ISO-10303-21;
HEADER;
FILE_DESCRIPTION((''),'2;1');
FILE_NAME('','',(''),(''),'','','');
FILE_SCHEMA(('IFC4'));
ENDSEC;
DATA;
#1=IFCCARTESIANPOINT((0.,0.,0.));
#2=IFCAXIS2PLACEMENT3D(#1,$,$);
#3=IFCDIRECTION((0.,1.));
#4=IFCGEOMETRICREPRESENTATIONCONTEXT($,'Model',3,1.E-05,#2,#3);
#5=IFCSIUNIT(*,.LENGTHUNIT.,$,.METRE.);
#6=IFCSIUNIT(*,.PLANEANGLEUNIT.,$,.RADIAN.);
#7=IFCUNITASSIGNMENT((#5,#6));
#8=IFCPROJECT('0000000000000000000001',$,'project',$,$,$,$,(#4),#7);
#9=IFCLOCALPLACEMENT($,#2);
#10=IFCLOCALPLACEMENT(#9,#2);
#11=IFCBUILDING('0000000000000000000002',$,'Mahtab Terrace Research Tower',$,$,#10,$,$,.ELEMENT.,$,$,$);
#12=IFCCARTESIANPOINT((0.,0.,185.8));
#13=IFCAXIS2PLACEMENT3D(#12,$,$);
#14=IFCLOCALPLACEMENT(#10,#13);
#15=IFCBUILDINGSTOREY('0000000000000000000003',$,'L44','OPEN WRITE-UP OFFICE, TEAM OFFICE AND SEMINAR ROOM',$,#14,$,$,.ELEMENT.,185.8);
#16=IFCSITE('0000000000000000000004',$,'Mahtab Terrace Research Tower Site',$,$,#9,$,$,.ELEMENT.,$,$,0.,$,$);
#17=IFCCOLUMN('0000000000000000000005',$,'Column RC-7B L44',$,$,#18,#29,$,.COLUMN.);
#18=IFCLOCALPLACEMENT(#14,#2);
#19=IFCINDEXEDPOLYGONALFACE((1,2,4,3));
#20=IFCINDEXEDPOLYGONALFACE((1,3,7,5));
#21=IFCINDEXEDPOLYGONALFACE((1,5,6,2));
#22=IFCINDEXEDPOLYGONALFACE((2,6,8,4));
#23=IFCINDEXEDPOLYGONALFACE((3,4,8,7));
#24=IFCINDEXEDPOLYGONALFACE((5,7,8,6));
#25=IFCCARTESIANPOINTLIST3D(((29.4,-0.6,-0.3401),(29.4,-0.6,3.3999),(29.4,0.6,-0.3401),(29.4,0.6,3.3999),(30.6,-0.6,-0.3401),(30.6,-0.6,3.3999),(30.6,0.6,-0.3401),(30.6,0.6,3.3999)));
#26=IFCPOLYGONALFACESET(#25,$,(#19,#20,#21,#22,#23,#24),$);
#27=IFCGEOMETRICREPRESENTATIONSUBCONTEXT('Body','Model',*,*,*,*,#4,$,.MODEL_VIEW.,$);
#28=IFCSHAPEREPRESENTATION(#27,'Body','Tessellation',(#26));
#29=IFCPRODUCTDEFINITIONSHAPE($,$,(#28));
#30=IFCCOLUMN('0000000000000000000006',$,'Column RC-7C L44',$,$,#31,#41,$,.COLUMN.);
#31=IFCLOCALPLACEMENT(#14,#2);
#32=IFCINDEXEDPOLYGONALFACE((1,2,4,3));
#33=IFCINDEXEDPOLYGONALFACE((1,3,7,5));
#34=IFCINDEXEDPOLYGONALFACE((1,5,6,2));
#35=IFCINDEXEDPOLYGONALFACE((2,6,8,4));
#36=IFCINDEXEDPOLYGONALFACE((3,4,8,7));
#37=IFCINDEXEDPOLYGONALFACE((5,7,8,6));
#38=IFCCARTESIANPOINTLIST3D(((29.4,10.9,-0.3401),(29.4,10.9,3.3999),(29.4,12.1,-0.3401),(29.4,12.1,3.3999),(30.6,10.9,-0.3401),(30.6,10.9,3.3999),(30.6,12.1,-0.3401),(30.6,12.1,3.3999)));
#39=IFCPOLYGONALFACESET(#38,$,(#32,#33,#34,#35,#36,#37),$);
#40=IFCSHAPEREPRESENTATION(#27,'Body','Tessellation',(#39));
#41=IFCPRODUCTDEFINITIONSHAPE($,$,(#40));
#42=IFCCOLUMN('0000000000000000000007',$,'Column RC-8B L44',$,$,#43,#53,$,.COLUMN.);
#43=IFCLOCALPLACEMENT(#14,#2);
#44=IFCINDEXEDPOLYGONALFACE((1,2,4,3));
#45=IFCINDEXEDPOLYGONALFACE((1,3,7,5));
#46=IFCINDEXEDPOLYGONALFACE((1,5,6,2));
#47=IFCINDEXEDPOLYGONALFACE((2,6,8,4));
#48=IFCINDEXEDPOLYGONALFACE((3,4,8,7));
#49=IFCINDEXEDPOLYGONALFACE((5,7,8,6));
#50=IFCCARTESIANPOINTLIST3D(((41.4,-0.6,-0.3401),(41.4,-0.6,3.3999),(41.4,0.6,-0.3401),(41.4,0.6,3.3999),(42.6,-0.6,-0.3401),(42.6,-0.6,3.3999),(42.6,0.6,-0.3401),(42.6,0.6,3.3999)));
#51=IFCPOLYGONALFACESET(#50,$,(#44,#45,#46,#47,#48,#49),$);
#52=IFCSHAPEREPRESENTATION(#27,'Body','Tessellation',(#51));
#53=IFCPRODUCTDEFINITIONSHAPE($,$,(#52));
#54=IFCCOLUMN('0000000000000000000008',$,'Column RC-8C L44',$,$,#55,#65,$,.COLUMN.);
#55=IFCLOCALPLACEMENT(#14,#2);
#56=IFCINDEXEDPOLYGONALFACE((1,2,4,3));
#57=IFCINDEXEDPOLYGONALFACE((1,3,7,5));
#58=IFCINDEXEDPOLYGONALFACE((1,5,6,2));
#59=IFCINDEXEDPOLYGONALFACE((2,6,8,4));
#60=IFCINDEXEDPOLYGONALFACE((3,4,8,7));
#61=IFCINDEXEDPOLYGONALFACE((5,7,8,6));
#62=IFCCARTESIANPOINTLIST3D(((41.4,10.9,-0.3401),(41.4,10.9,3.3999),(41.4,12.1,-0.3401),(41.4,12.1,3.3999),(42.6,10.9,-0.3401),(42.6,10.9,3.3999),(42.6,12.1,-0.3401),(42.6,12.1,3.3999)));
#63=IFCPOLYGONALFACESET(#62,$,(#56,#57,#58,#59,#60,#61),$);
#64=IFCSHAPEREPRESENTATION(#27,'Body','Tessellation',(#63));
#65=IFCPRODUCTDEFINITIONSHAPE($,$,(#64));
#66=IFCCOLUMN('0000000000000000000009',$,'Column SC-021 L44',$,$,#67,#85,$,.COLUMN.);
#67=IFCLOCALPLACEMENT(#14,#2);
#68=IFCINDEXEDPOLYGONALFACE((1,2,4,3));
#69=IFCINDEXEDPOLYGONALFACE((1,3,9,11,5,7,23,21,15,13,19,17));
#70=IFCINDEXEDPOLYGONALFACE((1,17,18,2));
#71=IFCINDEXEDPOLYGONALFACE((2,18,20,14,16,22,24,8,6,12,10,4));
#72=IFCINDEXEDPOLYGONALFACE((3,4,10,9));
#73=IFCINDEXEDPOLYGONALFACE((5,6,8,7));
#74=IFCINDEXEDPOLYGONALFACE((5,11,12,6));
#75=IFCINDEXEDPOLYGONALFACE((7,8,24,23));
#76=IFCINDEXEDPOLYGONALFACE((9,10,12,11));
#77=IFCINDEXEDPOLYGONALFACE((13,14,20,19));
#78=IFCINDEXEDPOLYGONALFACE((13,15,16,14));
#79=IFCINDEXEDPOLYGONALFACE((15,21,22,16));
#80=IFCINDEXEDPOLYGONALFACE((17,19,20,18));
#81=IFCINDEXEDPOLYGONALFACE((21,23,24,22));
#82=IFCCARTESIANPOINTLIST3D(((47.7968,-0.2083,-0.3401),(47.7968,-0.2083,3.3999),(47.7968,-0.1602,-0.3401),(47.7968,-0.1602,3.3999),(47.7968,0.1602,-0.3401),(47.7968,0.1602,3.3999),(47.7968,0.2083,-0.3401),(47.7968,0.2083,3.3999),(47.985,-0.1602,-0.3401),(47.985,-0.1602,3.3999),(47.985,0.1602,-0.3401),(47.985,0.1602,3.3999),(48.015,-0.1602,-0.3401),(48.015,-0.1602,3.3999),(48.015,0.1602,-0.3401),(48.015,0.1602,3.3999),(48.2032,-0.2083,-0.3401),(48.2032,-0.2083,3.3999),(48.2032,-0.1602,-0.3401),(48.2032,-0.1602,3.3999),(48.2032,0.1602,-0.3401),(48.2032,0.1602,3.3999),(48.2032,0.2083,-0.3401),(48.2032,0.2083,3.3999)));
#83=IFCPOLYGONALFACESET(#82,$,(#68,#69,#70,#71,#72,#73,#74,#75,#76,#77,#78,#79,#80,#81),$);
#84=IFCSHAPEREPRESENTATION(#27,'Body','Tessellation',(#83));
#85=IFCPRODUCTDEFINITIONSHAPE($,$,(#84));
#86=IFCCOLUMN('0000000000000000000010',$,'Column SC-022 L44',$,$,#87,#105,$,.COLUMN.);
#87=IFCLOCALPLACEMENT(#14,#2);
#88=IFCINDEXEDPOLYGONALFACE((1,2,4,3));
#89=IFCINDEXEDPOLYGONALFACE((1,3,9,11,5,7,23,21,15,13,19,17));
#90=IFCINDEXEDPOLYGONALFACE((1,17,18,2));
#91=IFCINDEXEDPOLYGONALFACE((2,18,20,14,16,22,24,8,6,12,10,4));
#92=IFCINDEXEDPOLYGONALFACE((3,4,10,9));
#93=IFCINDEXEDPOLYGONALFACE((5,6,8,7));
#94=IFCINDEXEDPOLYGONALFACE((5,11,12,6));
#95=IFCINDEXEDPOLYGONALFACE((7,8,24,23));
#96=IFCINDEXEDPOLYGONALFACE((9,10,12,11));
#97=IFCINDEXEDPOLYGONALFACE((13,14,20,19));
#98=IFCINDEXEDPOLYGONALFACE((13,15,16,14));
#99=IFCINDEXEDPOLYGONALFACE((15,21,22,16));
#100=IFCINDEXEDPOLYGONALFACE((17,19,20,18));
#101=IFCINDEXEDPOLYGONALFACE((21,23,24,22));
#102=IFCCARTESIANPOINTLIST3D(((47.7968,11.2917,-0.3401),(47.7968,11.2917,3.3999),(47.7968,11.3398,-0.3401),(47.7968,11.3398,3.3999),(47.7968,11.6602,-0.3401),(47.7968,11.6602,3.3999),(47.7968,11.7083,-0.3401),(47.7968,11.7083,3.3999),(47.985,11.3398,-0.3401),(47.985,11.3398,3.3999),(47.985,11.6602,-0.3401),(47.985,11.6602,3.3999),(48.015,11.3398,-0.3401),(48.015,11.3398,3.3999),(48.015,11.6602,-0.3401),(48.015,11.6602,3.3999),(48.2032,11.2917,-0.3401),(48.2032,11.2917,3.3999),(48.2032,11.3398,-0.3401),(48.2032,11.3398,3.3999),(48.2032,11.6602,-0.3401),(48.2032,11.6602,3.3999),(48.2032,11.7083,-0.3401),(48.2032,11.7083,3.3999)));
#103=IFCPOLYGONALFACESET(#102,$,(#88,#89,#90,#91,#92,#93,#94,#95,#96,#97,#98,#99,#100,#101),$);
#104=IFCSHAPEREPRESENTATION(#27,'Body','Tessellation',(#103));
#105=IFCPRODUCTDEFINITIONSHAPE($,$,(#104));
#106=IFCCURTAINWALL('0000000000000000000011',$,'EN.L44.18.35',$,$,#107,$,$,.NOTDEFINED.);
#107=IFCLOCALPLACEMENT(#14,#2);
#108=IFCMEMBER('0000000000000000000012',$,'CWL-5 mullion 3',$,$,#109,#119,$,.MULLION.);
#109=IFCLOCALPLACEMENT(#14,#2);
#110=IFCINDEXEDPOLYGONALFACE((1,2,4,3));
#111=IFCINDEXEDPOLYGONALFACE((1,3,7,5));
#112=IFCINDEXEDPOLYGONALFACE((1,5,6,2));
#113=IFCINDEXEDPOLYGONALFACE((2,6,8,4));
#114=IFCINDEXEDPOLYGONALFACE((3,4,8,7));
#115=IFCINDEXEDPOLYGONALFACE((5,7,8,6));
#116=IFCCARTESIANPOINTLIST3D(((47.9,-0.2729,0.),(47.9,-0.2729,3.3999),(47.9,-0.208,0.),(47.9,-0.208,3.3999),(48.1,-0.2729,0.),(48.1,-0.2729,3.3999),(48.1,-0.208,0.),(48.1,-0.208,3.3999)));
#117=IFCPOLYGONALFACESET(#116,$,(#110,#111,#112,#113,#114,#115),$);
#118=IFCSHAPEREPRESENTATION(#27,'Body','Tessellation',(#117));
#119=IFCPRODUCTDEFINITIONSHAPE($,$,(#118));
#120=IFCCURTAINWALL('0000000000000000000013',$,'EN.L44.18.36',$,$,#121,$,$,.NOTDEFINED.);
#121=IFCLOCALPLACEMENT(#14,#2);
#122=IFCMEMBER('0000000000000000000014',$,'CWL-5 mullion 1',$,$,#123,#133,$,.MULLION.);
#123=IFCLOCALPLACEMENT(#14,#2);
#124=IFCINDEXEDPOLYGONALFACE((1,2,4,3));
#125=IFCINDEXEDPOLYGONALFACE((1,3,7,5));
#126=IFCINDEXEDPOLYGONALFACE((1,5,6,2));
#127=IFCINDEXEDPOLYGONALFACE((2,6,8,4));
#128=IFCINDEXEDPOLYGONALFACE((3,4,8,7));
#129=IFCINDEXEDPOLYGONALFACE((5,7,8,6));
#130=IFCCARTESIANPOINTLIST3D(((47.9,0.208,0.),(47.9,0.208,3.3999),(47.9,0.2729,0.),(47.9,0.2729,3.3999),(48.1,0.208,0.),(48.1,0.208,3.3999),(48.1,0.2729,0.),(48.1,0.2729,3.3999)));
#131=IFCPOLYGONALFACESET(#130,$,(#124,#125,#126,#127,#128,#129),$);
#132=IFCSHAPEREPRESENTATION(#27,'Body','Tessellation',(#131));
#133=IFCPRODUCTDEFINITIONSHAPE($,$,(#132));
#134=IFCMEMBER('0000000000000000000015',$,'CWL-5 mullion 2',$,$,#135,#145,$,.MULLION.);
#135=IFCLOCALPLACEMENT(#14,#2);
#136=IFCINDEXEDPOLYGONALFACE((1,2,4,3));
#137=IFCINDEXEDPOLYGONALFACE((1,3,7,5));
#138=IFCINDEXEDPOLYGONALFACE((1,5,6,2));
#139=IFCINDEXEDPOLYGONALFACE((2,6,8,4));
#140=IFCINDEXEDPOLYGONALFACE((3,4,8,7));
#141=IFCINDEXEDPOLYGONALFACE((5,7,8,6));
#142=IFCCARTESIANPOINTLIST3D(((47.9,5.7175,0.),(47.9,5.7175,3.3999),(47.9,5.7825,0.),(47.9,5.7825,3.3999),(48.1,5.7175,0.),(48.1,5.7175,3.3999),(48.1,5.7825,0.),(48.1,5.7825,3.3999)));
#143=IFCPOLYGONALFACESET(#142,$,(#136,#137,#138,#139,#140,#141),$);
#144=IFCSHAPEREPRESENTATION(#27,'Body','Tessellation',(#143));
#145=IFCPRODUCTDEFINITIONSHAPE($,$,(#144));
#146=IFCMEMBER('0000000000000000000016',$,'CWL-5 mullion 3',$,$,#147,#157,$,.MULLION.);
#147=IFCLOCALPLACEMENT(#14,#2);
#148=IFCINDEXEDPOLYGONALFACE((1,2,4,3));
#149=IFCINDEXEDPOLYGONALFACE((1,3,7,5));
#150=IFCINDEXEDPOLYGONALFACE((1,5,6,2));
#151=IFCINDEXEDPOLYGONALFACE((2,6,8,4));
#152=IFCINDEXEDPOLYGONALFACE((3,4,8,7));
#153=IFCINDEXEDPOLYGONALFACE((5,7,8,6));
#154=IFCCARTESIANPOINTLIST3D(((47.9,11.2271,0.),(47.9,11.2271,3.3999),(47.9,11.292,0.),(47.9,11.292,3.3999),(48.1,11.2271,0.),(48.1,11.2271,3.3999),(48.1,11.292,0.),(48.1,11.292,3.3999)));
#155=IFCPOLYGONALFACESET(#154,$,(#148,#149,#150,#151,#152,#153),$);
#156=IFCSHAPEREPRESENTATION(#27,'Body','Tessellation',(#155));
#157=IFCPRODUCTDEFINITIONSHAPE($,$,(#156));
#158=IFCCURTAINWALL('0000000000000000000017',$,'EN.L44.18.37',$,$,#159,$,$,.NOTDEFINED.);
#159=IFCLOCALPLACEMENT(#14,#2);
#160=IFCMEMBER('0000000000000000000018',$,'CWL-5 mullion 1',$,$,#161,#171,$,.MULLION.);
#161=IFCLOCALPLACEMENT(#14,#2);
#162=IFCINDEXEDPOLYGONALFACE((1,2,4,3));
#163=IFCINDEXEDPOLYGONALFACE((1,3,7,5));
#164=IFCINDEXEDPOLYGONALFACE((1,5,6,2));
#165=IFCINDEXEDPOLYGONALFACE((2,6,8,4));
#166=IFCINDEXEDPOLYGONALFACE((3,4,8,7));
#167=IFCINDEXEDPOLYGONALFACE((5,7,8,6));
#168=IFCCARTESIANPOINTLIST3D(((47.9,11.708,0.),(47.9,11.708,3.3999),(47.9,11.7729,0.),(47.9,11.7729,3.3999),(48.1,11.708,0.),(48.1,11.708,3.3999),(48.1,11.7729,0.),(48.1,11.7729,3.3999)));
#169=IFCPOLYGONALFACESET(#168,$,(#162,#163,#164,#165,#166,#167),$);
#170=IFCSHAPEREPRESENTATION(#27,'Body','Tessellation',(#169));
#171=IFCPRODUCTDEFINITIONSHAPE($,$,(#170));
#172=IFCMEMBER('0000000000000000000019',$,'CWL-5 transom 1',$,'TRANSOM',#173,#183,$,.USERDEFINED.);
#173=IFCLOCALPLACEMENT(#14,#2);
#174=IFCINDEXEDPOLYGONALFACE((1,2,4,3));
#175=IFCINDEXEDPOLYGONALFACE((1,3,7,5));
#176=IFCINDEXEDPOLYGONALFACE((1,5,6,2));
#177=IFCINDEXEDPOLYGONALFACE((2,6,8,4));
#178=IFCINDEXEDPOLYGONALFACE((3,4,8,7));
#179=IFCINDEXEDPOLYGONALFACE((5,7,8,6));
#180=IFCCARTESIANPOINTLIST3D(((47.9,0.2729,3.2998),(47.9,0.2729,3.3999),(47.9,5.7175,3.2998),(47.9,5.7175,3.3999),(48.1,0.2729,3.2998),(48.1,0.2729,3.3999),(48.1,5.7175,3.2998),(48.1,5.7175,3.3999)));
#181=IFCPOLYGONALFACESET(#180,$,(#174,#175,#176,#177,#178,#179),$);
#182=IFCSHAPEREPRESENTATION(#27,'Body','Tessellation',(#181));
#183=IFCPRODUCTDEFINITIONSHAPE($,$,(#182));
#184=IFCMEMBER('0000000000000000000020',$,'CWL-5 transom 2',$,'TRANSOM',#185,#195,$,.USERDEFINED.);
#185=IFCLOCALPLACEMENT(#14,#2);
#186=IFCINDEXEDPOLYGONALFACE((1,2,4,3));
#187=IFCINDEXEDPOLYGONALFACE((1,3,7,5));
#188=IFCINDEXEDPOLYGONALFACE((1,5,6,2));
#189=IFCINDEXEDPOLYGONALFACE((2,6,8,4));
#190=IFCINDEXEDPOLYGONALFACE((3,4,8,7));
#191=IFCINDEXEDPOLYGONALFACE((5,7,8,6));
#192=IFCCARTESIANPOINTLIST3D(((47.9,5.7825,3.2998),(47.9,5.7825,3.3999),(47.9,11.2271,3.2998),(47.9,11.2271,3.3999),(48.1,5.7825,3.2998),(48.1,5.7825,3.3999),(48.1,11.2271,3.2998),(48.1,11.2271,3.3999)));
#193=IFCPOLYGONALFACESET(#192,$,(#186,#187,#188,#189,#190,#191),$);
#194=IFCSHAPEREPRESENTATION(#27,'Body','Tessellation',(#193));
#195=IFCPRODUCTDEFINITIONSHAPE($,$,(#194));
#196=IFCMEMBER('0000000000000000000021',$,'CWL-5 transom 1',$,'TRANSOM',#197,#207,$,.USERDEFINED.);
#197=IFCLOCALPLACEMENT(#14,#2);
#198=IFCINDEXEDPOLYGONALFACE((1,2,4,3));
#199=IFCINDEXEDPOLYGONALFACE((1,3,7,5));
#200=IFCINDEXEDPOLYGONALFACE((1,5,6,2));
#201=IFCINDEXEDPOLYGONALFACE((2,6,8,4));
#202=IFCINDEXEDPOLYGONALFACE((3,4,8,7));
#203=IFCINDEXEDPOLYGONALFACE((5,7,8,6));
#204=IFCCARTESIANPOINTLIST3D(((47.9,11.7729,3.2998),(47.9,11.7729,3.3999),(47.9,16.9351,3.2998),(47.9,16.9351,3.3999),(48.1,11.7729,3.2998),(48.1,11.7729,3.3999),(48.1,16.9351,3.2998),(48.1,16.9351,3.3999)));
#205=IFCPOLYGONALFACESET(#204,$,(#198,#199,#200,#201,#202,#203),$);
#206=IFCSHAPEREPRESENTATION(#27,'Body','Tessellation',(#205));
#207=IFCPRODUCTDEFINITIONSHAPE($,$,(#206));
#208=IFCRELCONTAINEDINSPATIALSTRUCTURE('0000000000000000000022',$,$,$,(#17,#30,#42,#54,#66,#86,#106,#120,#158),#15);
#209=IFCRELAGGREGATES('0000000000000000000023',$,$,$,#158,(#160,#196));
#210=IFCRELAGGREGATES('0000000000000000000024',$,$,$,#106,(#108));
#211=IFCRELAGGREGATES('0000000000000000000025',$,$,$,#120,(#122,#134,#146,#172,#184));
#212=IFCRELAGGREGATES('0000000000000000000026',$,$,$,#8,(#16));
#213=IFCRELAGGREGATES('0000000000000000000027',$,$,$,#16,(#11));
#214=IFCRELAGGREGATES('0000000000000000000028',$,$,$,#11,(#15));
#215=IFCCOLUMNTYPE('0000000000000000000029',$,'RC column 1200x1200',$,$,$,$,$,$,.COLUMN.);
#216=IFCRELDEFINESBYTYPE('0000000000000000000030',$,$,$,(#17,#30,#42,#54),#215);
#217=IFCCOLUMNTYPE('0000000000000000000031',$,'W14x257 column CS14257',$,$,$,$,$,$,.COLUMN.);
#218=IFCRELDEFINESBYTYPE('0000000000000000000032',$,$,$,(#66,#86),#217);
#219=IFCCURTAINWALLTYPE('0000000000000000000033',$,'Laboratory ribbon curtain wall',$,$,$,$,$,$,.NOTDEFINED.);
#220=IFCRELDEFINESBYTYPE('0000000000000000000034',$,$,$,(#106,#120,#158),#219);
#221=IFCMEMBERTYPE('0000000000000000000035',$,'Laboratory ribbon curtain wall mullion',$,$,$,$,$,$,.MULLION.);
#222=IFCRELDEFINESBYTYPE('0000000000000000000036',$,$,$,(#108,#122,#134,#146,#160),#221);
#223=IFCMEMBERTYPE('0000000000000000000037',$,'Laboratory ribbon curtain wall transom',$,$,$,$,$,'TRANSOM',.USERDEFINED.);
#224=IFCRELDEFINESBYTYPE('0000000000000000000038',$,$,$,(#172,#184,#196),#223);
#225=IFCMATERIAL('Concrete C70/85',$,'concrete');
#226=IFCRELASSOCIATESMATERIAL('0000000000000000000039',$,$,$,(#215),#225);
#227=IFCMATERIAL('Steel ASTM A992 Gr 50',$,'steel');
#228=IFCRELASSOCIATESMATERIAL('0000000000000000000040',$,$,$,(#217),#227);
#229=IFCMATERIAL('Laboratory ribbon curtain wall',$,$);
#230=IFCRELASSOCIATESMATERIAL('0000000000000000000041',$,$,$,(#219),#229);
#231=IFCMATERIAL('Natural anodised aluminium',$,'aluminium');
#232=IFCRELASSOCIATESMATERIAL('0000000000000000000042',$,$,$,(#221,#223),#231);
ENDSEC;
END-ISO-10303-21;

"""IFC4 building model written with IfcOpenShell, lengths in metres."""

from ifc_helpers import new_model, si_unit, direction, frame, origin, origin_2d, place, context, subcontext, project, spatial, rectangle, i_section, extrude, material, material_profile, profile_set, type_object, element, aggregate, save


model = new_model("IFC4")

# Units and contexts
model_context = context("Model", 3, precision=1e-05, world=origin(), true_north=direction((0.0, 1.0)))
body_context = subcontext(model_context, "Body", "Model", "MODEL_VIEW")
ifc_project = project(units=[si_unit("LENGTHUNIT", "METRE"), si_unit("PLANEANGLEUNIT", "RADIAN")], contexts=[model_context])

# Site, building, storey
site_placement = place(None, origin())
site = spatial("IfcSite", under=ifc_project, at=site_placement, Name="Mahtab Terrace Research Tower Site", CompositionType="ELEMENT", RefElevation=0.0)
building_placement = place(site_placement, origin())
building = spatial("IfcBuilding", under=site, at=building_placement, Name="Mahtab Terrace Research Tower", CompositionType="ELEMENT")
storey_placement = place(building_placement, frame((0.0, 0.0, 185.8)))
storey = spatial("IfcBuildingStorey", under=building, at=storey_placement, Name="L44", Description="OPEN WRITE-UP OFFICE, TEAM OFFICE AND SEMINAR ROOM", CompositionType="ELEMENT", Elevation=185.8)

# Columns
ifc_material_1 = material(Name="Concrete C70/85", Category="concrete")
ifc_material_profile_1 = material_profile(ifc_material_1, rectangle(XDim=1.2, YDim=1.2, at=origin_2d()), Name="RC column 1200x1200")
ifc_profile_set_1 = profile_set([ifc_material_profile_1], Name="Concrete C70/85")
column_type_1 = type_object("IfcColumnType", Name="RC column 1200x1200", PredefinedType="COLUMN", material=ifc_profile_set_1)
for number, where, z_axis, x_axis, name in (
    (1, (30.0, 0.0, -0.3401), (0.0, 0.0, 1.0), (1.0, 0.0, 0.0), "Column RC-7B L44"),
    (2, (30.0, 11.5, -0.3401), (0.0, 0.0, 1.0), (1.0, 0.0, 0.0), "Column RC-7C L44"),
    (3, (42.0, 0.0, -0.3401), (0.0, 0.0, 1.0), (1.0, 0.0, 0.0), "Column RC-8B L44"),
    (4, (42.0, 11.5, -0.3401), (0.0, 0.0, 1.0), (1.0, 0.0, 0.0), "Column RC-8C L44"),
):
    element("IfcColumn", number, at=place(storey_placement, frame(where, z_axis=z_axis, x_axis=x_axis)), inside=storey, type_object=column_type_1, Name=name, PredefinedType="COLUMN", context=body_context, shape_type="SweptSolid", body=[
        extrude(rectangle(XDim=1.2, YDim=1.2, at=origin_2d()), origin(), (0.0, 0.0, 1.0), 3.74),
    ])
ifc_material_2 = material(Name="Steel ASTM A992 Gr 50", Category="steel")
ifc_material_profile_2 = material_profile(ifc_material_2, i_section(OverallWidth=0.4065, OverallDepth=0.4165, WebThickness=0.03, FlangeThickness=0.0481, at=origin_2d()), Name="W14X257")
ifc_profile_set_2 = profile_set([ifc_material_profile_2], Name="Steel ASTM A992 Gr 50")
column_type_2 = type_object("IfcColumnType", Name="W14x257 column CS14257", PredefinedType="COLUMN", material=ifc_profile_set_2)
for number, where, z_axis, x_axis, name in (
    (5, (48.0, 0.0, -0.3401), (0.0, 0.0, 1.0), (1.0, 0.0, 0.0), "Column SC-021 L44"),
    (6, (48.0, 11.5, -0.3401), (0.0, 0.0, 1.0), (1.0, 0.0, 0.0), "Column SC-022 L44"),
):
    element("IfcColumn", number, at=place(storey_placement, frame(where, z_axis=z_axis, x_axis=x_axis)), inside=storey, type_object=column_type_2, Name=name, PredefinedType="COLUMN", context=body_context, shape_type="SweptSolid", body=[
        extrude(i_section(OverallWidth=0.4065, OverallDepth=0.4165, WebThickness=0.03, FlangeThickness=0.0481, at=origin_2d()), origin(), (0.0, 0.0, 1.0), 3.74),
    ])

# Curtain wall, member
ifc_material_3 = material(Name="Laboratory ribbon curtain wall")
curtain_wall_type = type_object("IfcCurtainWallType", Name="Laboratory ribbon curtain wall", PredefinedType="NOTDEFINED", material=ifc_material_3)
curtain_wall_1_placement = place(storey_placement, origin())
curtain_wall_1 = element("IfcCurtainWall", 7, at=curtain_wall_1_placement, inside=storey, type_object=curtain_wall_type, Name="EN.L44.18.35", PredefinedType="NOTDEFINED")
ifc_material_4 = material(Name="Natural anodised aluminium", Category="aluminium")
ifc_material_profile_3 = material_profile(ifc_material_4, rectangle(XDim=0.2, YDim=0.0649, at=origin_2d()), Name="MULLION 65x200")
ifc_profile_set_3 = profile_set([ifc_material_profile_3], Name="Natural anodised aluminium")
member_type_1 = type_object("IfcMemberType", Name="Laboratory ribbon curtain wall mullion", PredefinedType="MULLION", material=ifc_profile_set_3)
member_1_placement = place(storey_placement, frame((48.0, -0.2405, 0.0), z_axis=(0.0, 0.0, 1.0), x_axis=(-1.0, 0.0, 0.0)))
member_1 = element("IfcMember", 8, at=member_1_placement, type_object=member_type_1, Name="CWL-5 mullion 3", PredefinedType="MULLION", context=body_context, shape_type="SweptSolid", body=[
    extrude(rectangle(XDim=0.2, YDim=0.0649, at=origin_2d()), origin(), (0.0, 0.0, 1.0), 3.3999),
])

# Curtain wall, members
curtain_wall_2_placement = place(storey_placement, origin())
curtain_wall_2 = element("IfcCurtainWall", 9, at=curtain_wall_2_placement, inside=storey, type_object=curtain_wall_type, Name="EN.L44.18.36", PredefinedType="NOTDEFINED")
member_2_placement = place(storey_placement, frame((48.0, 0.2405, 0.0), z_axis=(0.0, 0.0, 1.0), x_axis=(-1.0, 0.0, 0.0)))
member_2 = element("IfcMember", 10, at=member_2_placement, type_object=member_type_1, Name="CWL-5 mullion 1", PredefinedType="MULLION", context=body_context, shape_type="SweptSolid", body=[
    extrude(rectangle(XDim=0.2, YDim=0.0649, at=origin_2d()), origin(), (0.0, 0.0, 1.0), 3.3999),
])
member_3_placement = place(storey_placement, frame((48.0, 5.75, 0.0), z_axis=(0.0, 0.0, 1.0), x_axis=(-1.0, 0.0, 0.0)))
member_3 = element("IfcMember", 11, at=member_3_placement, type_object=member_type_1, Name="CWL-5 mullion 2", PredefinedType="MULLION", context=body_context, shape_type="SweptSolid", body=[
    extrude(rectangle(XDim=0.2, YDim=0.0649, at=origin_2d()), origin(), (0.0, 0.0, 1.0), 3.3999),
])
member_4_placement = place(storey_placement, frame((48.0, 11.2595, 0.0), z_axis=(0.0, 0.0, 1.0), x_axis=(-1.0, 0.0, 0.0)))
member_4 = element("IfcMember", 12, at=member_4_placement, type_object=member_type_1, Name="CWL-5 mullion 3", PredefinedType="MULLION", context=body_context, shape_type="SweptSolid", body=[
    extrude(rectangle(XDim=0.2, YDim=0.0649, at=origin_2d()), origin(), (0.0, 0.0, 1.0), 3.3999),
])

# Curtain wall, member
curtain_wall_3_placement = place(storey_placement, origin())
curtain_wall_3 = element("IfcCurtainWall", 13, at=curtain_wall_3_placement, inside=storey, type_object=curtain_wall_type, Name="EN.L44.18.37", PredefinedType="NOTDEFINED")
member_5_placement = place(storey_placement, frame((48.0, 11.7405, 0.0), z_axis=(0.0, 0.0, 1.0), x_axis=(-1.0, 0.0, 0.0)))
member_5 = element("IfcMember", 14, at=member_5_placement, type_object=member_type_1, Name="CWL-5 mullion 1", PredefinedType="MULLION", context=body_context, shape_type="SweptSolid", body=[
    extrude(rectangle(XDim=0.2, YDim=0.0649, at=origin_2d()), origin(), (0.0, 0.0, 1.0), 3.3999),
])

# Members
ifc_material_profile_4 = material_profile(ifc_material_4, rectangle(XDim=0.2, YDim=0.1001, at=origin_2d()), Name="TRANSOM 100x200")
ifc_profile_set_4 = profile_set([ifc_material_profile_4], Name="Natural anodised aluminium")
member_type_2 = type_object("IfcMemberType", Name="Laboratory ribbon curtain wall transom", ElementType="TRANSOM", PredefinedType="USERDEFINED", material=ifc_profile_set_4)
member_6_placement = place(storey_placement, frame((48.0, 0.2729, 3.3499), z_axis=(0.0, 1.0, 0.0), x_axis=(-1.0, 0.0, 0.0)))
member_6 = element("IfcMember", 15, at=member_6_placement, type_object=member_type_2, Name="CWL-5 transom 1", ObjectType="TRANSOM", PredefinedType="USERDEFINED", context=body_context, shape_type="SweptSolid", body=[
    extrude(rectangle(XDim=0.2, YDim=0.1001, at=origin_2d()), origin(), (0.0, 0.0, 1.0), 5.4446),
])
member_7_placement = place(storey_placement, frame((48.0, 5.7825, 3.3499), z_axis=(0.0, 1.0, 0.0), x_axis=(-1.0, 0.0, 0.0)))
member_7 = element("IfcMember", 16, at=member_7_placement, type_object=member_type_2, Name="CWL-5 transom 2", ObjectType="TRANSOM", PredefinedType="USERDEFINED", context=body_context, shape_type="SweptSolid", body=[
    extrude(rectangle(XDim=0.2, YDim=0.1001, at=origin_2d()), origin(), (0.0, 0.0, 1.0), 5.4446),
])
member_8_placement = place(storey_placement, frame((48.0, 11.7729, 3.3499), z_axis=(0.0, 1.0, 0.0), x_axis=(-1.0, 0.0, 0.0)))
member_8 = element("IfcMember", 17, at=member_8_placement, type_object=member_type_2, Name="CWL-5 transom 1", ObjectType="TRANSOM", PredefinedType="USERDEFINED", context=body_context, shape_type="SweptSolid", body=[
    extrude(rectangle(XDim=0.2, YDim=0.1001, at=origin_2d()), origin(), (0.0, 0.0, 1.0), 5.1621),
])
aggregate(curtain_wall_3, [member_5, member_8])

aggregate(curtain_wall_1, [member_1])
aggregate(curtain_wall_2, [member_2, member_3, member_4, member_6, member_7])

save(model, "model.ifc")
